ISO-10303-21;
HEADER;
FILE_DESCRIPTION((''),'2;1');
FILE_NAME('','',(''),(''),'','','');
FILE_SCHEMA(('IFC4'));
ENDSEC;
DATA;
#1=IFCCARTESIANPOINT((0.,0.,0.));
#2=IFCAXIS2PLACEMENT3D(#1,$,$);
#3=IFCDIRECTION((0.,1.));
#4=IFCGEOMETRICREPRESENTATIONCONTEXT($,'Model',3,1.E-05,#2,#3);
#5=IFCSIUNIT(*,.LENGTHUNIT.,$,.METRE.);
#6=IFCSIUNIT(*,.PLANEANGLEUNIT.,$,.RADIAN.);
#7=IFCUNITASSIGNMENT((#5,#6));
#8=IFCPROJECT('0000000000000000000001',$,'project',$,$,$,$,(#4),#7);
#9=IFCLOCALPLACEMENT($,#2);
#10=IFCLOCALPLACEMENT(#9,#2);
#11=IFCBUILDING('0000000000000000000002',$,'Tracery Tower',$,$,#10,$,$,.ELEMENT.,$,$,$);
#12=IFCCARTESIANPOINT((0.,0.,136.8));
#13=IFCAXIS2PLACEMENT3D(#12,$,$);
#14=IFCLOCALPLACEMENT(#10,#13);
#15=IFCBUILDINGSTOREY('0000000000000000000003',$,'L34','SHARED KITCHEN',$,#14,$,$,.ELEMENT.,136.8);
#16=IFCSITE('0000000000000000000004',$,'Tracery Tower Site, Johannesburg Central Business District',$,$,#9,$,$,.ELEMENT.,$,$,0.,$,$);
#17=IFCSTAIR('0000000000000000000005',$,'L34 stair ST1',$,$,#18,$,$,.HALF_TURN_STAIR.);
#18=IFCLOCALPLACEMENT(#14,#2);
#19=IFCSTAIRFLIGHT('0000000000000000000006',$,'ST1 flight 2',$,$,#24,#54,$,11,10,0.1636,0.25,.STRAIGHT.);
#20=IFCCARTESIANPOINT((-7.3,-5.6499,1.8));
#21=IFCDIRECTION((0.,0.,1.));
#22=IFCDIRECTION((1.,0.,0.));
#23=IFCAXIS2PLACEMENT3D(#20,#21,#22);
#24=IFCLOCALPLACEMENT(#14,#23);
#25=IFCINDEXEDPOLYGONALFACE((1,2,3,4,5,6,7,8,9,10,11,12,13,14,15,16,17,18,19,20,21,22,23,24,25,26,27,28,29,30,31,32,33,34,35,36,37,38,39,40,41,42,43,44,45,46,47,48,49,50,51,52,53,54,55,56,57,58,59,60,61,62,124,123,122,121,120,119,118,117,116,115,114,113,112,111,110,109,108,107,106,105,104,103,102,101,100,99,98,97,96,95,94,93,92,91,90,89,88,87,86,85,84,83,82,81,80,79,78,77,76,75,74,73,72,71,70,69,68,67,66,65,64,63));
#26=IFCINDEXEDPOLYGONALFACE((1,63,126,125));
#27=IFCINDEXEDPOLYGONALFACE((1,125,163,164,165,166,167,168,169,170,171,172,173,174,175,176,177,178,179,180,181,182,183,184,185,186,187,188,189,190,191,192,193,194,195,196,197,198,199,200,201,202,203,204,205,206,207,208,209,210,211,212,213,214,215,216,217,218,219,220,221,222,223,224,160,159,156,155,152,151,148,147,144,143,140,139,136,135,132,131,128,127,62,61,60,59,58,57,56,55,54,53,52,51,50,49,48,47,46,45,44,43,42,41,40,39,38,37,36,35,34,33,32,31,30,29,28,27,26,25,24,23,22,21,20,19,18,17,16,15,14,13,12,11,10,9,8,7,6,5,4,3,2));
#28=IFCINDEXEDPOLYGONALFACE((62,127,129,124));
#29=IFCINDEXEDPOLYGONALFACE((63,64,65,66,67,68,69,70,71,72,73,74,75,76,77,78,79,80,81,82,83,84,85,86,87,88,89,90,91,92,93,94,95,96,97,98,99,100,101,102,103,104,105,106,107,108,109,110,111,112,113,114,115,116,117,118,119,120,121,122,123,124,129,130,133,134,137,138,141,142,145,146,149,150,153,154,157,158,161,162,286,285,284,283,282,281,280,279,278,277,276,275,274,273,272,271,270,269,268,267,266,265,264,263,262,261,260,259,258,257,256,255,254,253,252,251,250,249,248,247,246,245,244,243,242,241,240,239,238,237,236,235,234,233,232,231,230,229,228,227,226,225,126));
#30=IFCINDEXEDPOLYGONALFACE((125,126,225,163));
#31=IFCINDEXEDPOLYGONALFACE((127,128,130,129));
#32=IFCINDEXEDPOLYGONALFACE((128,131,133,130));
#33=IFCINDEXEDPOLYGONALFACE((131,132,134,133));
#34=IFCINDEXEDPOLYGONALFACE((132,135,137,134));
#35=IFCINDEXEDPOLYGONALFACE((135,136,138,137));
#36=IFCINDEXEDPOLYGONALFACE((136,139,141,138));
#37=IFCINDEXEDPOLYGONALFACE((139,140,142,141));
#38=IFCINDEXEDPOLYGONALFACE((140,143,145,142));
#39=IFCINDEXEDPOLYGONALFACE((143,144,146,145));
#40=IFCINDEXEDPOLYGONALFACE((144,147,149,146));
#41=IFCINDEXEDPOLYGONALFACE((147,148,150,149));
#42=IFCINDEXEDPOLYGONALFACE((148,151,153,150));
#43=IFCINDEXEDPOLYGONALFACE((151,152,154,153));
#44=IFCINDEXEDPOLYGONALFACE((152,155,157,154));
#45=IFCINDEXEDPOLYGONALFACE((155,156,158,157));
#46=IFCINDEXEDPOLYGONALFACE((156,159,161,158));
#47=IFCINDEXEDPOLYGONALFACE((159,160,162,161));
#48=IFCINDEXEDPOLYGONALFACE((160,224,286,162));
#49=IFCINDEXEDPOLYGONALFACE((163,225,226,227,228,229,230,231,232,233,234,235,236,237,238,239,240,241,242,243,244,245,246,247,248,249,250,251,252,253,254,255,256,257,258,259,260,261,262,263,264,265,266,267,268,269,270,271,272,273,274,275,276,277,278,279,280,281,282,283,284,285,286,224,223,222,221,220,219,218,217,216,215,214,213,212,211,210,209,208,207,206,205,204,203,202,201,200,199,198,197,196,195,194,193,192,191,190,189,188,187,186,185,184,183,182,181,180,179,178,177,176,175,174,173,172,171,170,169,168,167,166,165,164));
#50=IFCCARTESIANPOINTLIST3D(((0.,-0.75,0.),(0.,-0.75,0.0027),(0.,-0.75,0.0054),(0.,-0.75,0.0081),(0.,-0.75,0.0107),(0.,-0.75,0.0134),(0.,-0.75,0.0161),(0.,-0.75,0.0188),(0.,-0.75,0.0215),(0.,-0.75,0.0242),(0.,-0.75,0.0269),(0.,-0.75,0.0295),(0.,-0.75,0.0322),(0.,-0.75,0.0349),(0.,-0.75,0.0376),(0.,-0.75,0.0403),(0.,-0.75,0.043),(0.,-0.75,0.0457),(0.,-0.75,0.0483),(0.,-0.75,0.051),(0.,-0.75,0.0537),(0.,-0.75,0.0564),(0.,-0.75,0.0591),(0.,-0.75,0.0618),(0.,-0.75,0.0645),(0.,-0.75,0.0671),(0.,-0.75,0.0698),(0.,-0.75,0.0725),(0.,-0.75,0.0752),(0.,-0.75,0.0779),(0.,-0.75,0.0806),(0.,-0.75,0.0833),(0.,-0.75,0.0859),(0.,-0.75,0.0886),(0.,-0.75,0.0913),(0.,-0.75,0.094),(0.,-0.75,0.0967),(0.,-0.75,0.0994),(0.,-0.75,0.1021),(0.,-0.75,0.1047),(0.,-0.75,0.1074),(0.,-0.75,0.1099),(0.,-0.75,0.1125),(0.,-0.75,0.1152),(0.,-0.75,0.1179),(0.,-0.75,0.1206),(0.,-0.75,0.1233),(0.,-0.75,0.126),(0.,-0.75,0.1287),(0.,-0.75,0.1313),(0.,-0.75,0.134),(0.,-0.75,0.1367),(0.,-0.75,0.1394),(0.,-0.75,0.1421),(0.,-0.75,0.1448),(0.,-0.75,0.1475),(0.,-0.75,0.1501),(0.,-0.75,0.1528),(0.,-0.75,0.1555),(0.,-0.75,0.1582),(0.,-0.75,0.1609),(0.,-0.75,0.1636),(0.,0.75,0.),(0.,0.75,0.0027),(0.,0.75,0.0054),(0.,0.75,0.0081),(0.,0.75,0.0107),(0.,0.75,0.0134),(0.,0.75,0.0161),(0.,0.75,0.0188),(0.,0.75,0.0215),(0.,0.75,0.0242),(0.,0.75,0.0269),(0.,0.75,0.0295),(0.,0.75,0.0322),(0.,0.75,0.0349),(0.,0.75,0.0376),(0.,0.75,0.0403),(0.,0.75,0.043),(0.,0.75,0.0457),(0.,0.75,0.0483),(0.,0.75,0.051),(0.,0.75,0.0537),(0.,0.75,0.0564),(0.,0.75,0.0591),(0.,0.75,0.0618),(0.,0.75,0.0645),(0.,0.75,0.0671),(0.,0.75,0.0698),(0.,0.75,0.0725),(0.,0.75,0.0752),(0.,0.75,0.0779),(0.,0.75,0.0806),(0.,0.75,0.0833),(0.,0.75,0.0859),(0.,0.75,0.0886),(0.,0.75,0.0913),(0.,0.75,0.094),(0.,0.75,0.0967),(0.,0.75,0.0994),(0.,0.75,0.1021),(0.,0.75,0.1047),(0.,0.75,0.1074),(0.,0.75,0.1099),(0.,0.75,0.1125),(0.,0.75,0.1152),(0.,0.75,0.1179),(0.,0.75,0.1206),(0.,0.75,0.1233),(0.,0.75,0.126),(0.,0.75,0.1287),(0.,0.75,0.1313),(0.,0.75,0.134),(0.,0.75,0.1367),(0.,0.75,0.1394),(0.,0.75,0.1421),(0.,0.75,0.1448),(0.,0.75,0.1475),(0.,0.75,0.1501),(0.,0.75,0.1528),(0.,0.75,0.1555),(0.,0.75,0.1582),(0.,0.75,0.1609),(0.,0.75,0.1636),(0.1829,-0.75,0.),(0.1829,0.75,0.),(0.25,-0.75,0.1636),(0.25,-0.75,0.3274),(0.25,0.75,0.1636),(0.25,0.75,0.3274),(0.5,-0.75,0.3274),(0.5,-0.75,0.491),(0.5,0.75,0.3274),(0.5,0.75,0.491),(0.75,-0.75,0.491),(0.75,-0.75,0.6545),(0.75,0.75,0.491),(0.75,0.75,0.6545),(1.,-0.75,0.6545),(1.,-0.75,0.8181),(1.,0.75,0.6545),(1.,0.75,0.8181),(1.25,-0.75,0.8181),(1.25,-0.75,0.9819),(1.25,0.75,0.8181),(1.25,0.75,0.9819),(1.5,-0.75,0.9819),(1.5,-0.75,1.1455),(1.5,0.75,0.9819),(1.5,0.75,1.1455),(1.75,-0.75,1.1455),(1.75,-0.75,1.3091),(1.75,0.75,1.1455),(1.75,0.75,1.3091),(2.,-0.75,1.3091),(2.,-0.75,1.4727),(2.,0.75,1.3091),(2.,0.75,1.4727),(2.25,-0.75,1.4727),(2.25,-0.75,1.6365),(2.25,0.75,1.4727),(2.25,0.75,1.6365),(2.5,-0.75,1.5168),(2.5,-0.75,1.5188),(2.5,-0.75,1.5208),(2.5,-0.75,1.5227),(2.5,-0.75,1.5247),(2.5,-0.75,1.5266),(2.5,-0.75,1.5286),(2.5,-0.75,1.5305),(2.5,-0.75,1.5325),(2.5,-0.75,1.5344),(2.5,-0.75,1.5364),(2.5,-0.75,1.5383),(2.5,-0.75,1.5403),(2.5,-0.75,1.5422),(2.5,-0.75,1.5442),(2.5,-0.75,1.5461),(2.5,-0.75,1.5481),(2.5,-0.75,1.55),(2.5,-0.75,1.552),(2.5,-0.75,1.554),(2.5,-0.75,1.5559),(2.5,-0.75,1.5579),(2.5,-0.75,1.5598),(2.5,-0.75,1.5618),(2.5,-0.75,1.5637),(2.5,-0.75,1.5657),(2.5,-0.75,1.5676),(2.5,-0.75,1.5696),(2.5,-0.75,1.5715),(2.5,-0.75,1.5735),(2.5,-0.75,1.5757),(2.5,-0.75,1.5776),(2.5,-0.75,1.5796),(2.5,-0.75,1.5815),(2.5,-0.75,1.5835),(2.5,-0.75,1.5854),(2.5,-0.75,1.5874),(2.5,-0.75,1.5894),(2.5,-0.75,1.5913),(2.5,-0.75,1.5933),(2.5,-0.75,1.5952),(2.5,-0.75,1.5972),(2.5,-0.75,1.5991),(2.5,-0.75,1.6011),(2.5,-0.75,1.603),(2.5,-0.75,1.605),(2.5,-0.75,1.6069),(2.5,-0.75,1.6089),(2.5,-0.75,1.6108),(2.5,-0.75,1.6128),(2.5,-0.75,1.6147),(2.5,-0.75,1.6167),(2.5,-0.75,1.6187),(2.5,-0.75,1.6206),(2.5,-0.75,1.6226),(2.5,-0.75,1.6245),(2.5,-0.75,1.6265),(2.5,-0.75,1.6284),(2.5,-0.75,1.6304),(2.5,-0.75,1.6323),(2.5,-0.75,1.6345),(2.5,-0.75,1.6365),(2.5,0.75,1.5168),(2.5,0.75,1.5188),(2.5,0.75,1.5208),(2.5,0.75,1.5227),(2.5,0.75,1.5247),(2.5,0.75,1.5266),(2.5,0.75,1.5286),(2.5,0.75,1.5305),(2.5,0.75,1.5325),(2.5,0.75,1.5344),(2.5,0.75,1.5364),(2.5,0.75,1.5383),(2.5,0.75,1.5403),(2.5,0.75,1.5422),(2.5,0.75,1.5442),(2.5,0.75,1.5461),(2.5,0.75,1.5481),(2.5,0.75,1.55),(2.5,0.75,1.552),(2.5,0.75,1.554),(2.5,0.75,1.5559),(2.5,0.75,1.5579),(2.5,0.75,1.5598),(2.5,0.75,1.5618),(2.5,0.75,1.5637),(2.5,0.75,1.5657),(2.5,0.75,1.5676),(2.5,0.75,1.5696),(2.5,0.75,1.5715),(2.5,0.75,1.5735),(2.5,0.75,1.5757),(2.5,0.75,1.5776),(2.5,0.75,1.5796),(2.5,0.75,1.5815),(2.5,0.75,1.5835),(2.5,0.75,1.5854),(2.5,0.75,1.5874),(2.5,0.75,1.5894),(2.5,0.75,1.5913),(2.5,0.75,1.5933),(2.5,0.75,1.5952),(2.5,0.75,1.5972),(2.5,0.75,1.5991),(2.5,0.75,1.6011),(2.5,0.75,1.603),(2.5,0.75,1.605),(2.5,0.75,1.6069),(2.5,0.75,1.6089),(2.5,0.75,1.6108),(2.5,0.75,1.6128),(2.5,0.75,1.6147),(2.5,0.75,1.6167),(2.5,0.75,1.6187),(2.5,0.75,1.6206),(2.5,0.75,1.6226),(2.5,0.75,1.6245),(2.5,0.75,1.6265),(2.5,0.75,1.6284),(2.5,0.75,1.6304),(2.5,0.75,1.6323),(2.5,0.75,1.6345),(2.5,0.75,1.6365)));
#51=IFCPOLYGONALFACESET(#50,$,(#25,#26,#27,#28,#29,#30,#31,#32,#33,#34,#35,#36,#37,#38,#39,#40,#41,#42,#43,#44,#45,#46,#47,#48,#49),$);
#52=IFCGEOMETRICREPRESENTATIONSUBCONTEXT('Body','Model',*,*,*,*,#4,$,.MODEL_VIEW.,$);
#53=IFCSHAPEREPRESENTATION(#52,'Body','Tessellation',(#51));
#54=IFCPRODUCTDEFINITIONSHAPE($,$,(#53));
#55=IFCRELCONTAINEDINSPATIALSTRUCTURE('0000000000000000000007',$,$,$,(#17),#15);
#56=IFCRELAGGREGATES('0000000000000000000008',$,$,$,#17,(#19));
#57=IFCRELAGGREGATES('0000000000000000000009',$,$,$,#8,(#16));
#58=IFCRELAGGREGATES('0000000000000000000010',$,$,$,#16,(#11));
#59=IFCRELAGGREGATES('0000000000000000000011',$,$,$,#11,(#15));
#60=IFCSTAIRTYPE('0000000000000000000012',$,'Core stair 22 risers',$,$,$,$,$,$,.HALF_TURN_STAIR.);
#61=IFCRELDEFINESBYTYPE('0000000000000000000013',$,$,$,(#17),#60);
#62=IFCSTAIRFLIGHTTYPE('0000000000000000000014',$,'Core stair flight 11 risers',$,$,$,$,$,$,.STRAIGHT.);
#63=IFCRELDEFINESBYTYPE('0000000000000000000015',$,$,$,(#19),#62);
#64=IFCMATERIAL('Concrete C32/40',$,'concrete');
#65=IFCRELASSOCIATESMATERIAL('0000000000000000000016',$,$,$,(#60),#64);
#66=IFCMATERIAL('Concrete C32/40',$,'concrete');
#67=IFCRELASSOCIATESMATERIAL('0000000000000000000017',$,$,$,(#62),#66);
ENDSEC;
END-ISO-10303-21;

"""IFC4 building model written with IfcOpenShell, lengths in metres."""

from ifc_helpers import new_model, si_unit, direction, frame, origin, place, context, subcontext, project, spatial, polyline, outline, extrude, material, type_object, element, aggregate, save


model = new_model("IFC4")

# Units and contexts
model_context = context("Model", 3, precision=1e-05, world=origin(), true_north=direction((0.0, 1.0)))
body_context = subcontext(model_context, "Body", "Model", "MODEL_VIEW")
ifc_project = project(units=[si_unit("LENGTHUNIT", "METRE"), si_unit("PLANEANGLEUNIT", "RADIAN")], contexts=[model_context])

# Site, building, storey
site_placement = place(None, origin())
site = spatial("IfcSite", under=ifc_project, at=site_placement, Name="Tracery Tower Site, Johannesburg Central Business District", CompositionType="ELEMENT", RefElevation=0.0)
building_placement = place(site_placement, origin())
building = spatial("IfcBuilding", under=site, at=building_placement, Name="Tracery Tower", CompositionType="ELEMENT")
storey_placement = place(building_placement, frame((0.0, 0.0, 136.8)))
storey = spatial("IfcBuildingStorey", under=building, at=storey_placement, Name="L34", Description="SHARED KITCHEN", CompositionType="ELEMENT", Elevation=136.8)

# Stair, stair flight
ifc_material_1 = material(Name="Concrete C32/40", Category="concrete")
stair_type = type_object("IfcStairType", Name="Core stair 22 risers", PredefinedType="HALF_TURN_STAIR", material=ifc_material_1)
stair_placement = place(storey_placement, origin())
stair = element("IfcStair", 1, at=stair_placement, inside=storey, type_object=stair_type, Name="L34 stair ST1", PredefinedType="HALF_TURN_STAIR")
ifc_material_2 = material(Name="Concrete C32/40", Category="concrete")
stair_flight_type = type_object("IfcStairFlightType", Name="Core stair flight 11 risers", PredefinedType="STRAIGHT", material=ifc_material_2)
stair_flight_1_placement = place(storey_placement, frame((-7.3, -5.6499, 1.8), z_axis=(0.0, 0.0, 1.0), x_axis=(1.0, 0.0, 0.0)))
stair_flight_1 = element("IfcStairFlight", 2, at=stair_flight_1_placement, type_object=stair_flight_type, Name="ST1 flight 2", NumberOfRisers=11, NumberOfTreads=10, PredefinedType="STRAIGHT", RiserHeight=0.1636, TreadLength=0.25, context=body_context, shape_type="SweptSolid", body=[
    extrude(outline(polyline([(0.0, 0.0), (0.0, 0.0027), (0.0, 0.0054), (0.0, 0.0081), (0.0, 0.0107), (0.0, 0.0134), (0.0, 0.0161), (0.0, 0.0188), (0.0, 0.0215), (0.0, 0.0242), (0.0, 0.0269), (0.0, 0.0295), (0.0, 0.0322), (0.0, 0.0349), (0.0, 0.0376), (0.0, 0.0403), (0.0, 0.043), (0.0, 0.0457), (0.0, 0.0483), (0.0, 0.051), (0.0, 0.0537), (0.0, 0.0564), (0.0, 0.0591), (0.0, 0.0618), (0.0, 0.0645), (0.0, 0.0671), (0.0, 0.0698), (0.0, 0.0725), (0.0, 0.0752), (0.0, 0.0779), (0.0, 0.0806), (0.0, 0.0833), (0.0, 0.0859), (0.0, 0.0886), (0.0, 0.0913), (0.0, 0.094), (0.0, 0.0967), (0.0, 0.0994), (0.0, 0.1021), (0.0, 0.1047), (0.0, 0.1074), (0.0, 0.1099), (0.0, 0.1125), (0.0, 0.1152), (0.0, 0.1179), (0.0, 0.1206), (0.0, 0.1233), (0.0, 0.126), (0.0, 0.1287), (0.0, 0.1313), (0.0, 0.134), (0.0, 0.1367), (0.0, 0.1394), (0.0, 0.1421), (0.0, 0.1448), (0.0, 0.1475), (0.0, 0.1501), (0.0, 0.1528), (0.0, 0.1555), (0.0, 0.1582), (0.0, 0.1609), (0.0, 0.1636), (0.25, 0.1636), (0.25, 0.3274), (0.5, 0.3274), (0.5, 0.491), (0.75, 0.491), (0.75, 0.6545), (1.0, 0.6545), (1.0, 0.8181), (1.25, 0.8181), (1.25, 0.9819), (1.5, 0.9819), (1.5, 1.1455), (1.75, 1.1455), (1.75, 1.3091), (2.0, 1.3091), (2.0, 1.4727), (2.25, 1.4727), (2.25, 1.6365), (2.5, 1.6365), (2.5, 1.6345), (2.5, 1.6323), (2.5, 1.6304), (2.5, 1.6284), (2.5, 1.6265), (2.5, 1.6245), (2.5, 1.6226), (2.5, 1.6206), (2.5, 1.6187), (2.5, 1.6167), (2.5, 1.6147), (2.5, 1.6128), (2.5, 1.6108), (2.5, 1.6089), (2.5, 1.6069), (2.5, 1.605), (2.5, 1.603), (2.5, 1.6011), (2.5, 1.5991), (2.5, 1.5972), (2.5, 1.5952), (2.5, 1.5933), (2.5, 1.5913), (2.5, 1.5894), (2.5, 1.5874), (2.5, 1.5854), (2.5, 1.5835), (2.5, 1.5815), (2.5, 1.5796), (2.5, 1.5776), (2.5, 1.5757), (2.5, 1.5735), (2.5, 1.5715), (2.5, 1.5696), (2.5, 1.5676), (2.5, 1.5657), (2.5, 1.5637), (2.5, 1.5618), (2.5, 1.5598), (2.5, 1.5579), (2.5, 1.5559), (2.5, 1.554), (2.5, 1.552), (2.5, 1.55), (2.5, 1.5481), (2.5, 1.5461), (2.5, 1.5442), (2.5, 1.5422), (2.5, 1.5403), (2.5, 1.5383), (2.5, 1.5364), (2.5, 1.5344), (2.5, 1.5325), (2.5, 1.5305), (2.5, 1.5286), (2.5, 1.5266), (2.5, 1.5247), (2.5, 1.5227), (2.5, 1.5208), (2.5, 1.5188), (2.5, 1.5168), (0.1829, 0.0), (0.0, 0.0)])), frame((0.0, 0.75, 0.0), z_axis=(0.0, -1.0, 0.0), x_axis=(1.0, 0.0, 0.0)), (0.0, 0.0, 1.0), 1.5),
])
aggregate(stair, [stair_flight_1])

save(model, "model.ifc")
